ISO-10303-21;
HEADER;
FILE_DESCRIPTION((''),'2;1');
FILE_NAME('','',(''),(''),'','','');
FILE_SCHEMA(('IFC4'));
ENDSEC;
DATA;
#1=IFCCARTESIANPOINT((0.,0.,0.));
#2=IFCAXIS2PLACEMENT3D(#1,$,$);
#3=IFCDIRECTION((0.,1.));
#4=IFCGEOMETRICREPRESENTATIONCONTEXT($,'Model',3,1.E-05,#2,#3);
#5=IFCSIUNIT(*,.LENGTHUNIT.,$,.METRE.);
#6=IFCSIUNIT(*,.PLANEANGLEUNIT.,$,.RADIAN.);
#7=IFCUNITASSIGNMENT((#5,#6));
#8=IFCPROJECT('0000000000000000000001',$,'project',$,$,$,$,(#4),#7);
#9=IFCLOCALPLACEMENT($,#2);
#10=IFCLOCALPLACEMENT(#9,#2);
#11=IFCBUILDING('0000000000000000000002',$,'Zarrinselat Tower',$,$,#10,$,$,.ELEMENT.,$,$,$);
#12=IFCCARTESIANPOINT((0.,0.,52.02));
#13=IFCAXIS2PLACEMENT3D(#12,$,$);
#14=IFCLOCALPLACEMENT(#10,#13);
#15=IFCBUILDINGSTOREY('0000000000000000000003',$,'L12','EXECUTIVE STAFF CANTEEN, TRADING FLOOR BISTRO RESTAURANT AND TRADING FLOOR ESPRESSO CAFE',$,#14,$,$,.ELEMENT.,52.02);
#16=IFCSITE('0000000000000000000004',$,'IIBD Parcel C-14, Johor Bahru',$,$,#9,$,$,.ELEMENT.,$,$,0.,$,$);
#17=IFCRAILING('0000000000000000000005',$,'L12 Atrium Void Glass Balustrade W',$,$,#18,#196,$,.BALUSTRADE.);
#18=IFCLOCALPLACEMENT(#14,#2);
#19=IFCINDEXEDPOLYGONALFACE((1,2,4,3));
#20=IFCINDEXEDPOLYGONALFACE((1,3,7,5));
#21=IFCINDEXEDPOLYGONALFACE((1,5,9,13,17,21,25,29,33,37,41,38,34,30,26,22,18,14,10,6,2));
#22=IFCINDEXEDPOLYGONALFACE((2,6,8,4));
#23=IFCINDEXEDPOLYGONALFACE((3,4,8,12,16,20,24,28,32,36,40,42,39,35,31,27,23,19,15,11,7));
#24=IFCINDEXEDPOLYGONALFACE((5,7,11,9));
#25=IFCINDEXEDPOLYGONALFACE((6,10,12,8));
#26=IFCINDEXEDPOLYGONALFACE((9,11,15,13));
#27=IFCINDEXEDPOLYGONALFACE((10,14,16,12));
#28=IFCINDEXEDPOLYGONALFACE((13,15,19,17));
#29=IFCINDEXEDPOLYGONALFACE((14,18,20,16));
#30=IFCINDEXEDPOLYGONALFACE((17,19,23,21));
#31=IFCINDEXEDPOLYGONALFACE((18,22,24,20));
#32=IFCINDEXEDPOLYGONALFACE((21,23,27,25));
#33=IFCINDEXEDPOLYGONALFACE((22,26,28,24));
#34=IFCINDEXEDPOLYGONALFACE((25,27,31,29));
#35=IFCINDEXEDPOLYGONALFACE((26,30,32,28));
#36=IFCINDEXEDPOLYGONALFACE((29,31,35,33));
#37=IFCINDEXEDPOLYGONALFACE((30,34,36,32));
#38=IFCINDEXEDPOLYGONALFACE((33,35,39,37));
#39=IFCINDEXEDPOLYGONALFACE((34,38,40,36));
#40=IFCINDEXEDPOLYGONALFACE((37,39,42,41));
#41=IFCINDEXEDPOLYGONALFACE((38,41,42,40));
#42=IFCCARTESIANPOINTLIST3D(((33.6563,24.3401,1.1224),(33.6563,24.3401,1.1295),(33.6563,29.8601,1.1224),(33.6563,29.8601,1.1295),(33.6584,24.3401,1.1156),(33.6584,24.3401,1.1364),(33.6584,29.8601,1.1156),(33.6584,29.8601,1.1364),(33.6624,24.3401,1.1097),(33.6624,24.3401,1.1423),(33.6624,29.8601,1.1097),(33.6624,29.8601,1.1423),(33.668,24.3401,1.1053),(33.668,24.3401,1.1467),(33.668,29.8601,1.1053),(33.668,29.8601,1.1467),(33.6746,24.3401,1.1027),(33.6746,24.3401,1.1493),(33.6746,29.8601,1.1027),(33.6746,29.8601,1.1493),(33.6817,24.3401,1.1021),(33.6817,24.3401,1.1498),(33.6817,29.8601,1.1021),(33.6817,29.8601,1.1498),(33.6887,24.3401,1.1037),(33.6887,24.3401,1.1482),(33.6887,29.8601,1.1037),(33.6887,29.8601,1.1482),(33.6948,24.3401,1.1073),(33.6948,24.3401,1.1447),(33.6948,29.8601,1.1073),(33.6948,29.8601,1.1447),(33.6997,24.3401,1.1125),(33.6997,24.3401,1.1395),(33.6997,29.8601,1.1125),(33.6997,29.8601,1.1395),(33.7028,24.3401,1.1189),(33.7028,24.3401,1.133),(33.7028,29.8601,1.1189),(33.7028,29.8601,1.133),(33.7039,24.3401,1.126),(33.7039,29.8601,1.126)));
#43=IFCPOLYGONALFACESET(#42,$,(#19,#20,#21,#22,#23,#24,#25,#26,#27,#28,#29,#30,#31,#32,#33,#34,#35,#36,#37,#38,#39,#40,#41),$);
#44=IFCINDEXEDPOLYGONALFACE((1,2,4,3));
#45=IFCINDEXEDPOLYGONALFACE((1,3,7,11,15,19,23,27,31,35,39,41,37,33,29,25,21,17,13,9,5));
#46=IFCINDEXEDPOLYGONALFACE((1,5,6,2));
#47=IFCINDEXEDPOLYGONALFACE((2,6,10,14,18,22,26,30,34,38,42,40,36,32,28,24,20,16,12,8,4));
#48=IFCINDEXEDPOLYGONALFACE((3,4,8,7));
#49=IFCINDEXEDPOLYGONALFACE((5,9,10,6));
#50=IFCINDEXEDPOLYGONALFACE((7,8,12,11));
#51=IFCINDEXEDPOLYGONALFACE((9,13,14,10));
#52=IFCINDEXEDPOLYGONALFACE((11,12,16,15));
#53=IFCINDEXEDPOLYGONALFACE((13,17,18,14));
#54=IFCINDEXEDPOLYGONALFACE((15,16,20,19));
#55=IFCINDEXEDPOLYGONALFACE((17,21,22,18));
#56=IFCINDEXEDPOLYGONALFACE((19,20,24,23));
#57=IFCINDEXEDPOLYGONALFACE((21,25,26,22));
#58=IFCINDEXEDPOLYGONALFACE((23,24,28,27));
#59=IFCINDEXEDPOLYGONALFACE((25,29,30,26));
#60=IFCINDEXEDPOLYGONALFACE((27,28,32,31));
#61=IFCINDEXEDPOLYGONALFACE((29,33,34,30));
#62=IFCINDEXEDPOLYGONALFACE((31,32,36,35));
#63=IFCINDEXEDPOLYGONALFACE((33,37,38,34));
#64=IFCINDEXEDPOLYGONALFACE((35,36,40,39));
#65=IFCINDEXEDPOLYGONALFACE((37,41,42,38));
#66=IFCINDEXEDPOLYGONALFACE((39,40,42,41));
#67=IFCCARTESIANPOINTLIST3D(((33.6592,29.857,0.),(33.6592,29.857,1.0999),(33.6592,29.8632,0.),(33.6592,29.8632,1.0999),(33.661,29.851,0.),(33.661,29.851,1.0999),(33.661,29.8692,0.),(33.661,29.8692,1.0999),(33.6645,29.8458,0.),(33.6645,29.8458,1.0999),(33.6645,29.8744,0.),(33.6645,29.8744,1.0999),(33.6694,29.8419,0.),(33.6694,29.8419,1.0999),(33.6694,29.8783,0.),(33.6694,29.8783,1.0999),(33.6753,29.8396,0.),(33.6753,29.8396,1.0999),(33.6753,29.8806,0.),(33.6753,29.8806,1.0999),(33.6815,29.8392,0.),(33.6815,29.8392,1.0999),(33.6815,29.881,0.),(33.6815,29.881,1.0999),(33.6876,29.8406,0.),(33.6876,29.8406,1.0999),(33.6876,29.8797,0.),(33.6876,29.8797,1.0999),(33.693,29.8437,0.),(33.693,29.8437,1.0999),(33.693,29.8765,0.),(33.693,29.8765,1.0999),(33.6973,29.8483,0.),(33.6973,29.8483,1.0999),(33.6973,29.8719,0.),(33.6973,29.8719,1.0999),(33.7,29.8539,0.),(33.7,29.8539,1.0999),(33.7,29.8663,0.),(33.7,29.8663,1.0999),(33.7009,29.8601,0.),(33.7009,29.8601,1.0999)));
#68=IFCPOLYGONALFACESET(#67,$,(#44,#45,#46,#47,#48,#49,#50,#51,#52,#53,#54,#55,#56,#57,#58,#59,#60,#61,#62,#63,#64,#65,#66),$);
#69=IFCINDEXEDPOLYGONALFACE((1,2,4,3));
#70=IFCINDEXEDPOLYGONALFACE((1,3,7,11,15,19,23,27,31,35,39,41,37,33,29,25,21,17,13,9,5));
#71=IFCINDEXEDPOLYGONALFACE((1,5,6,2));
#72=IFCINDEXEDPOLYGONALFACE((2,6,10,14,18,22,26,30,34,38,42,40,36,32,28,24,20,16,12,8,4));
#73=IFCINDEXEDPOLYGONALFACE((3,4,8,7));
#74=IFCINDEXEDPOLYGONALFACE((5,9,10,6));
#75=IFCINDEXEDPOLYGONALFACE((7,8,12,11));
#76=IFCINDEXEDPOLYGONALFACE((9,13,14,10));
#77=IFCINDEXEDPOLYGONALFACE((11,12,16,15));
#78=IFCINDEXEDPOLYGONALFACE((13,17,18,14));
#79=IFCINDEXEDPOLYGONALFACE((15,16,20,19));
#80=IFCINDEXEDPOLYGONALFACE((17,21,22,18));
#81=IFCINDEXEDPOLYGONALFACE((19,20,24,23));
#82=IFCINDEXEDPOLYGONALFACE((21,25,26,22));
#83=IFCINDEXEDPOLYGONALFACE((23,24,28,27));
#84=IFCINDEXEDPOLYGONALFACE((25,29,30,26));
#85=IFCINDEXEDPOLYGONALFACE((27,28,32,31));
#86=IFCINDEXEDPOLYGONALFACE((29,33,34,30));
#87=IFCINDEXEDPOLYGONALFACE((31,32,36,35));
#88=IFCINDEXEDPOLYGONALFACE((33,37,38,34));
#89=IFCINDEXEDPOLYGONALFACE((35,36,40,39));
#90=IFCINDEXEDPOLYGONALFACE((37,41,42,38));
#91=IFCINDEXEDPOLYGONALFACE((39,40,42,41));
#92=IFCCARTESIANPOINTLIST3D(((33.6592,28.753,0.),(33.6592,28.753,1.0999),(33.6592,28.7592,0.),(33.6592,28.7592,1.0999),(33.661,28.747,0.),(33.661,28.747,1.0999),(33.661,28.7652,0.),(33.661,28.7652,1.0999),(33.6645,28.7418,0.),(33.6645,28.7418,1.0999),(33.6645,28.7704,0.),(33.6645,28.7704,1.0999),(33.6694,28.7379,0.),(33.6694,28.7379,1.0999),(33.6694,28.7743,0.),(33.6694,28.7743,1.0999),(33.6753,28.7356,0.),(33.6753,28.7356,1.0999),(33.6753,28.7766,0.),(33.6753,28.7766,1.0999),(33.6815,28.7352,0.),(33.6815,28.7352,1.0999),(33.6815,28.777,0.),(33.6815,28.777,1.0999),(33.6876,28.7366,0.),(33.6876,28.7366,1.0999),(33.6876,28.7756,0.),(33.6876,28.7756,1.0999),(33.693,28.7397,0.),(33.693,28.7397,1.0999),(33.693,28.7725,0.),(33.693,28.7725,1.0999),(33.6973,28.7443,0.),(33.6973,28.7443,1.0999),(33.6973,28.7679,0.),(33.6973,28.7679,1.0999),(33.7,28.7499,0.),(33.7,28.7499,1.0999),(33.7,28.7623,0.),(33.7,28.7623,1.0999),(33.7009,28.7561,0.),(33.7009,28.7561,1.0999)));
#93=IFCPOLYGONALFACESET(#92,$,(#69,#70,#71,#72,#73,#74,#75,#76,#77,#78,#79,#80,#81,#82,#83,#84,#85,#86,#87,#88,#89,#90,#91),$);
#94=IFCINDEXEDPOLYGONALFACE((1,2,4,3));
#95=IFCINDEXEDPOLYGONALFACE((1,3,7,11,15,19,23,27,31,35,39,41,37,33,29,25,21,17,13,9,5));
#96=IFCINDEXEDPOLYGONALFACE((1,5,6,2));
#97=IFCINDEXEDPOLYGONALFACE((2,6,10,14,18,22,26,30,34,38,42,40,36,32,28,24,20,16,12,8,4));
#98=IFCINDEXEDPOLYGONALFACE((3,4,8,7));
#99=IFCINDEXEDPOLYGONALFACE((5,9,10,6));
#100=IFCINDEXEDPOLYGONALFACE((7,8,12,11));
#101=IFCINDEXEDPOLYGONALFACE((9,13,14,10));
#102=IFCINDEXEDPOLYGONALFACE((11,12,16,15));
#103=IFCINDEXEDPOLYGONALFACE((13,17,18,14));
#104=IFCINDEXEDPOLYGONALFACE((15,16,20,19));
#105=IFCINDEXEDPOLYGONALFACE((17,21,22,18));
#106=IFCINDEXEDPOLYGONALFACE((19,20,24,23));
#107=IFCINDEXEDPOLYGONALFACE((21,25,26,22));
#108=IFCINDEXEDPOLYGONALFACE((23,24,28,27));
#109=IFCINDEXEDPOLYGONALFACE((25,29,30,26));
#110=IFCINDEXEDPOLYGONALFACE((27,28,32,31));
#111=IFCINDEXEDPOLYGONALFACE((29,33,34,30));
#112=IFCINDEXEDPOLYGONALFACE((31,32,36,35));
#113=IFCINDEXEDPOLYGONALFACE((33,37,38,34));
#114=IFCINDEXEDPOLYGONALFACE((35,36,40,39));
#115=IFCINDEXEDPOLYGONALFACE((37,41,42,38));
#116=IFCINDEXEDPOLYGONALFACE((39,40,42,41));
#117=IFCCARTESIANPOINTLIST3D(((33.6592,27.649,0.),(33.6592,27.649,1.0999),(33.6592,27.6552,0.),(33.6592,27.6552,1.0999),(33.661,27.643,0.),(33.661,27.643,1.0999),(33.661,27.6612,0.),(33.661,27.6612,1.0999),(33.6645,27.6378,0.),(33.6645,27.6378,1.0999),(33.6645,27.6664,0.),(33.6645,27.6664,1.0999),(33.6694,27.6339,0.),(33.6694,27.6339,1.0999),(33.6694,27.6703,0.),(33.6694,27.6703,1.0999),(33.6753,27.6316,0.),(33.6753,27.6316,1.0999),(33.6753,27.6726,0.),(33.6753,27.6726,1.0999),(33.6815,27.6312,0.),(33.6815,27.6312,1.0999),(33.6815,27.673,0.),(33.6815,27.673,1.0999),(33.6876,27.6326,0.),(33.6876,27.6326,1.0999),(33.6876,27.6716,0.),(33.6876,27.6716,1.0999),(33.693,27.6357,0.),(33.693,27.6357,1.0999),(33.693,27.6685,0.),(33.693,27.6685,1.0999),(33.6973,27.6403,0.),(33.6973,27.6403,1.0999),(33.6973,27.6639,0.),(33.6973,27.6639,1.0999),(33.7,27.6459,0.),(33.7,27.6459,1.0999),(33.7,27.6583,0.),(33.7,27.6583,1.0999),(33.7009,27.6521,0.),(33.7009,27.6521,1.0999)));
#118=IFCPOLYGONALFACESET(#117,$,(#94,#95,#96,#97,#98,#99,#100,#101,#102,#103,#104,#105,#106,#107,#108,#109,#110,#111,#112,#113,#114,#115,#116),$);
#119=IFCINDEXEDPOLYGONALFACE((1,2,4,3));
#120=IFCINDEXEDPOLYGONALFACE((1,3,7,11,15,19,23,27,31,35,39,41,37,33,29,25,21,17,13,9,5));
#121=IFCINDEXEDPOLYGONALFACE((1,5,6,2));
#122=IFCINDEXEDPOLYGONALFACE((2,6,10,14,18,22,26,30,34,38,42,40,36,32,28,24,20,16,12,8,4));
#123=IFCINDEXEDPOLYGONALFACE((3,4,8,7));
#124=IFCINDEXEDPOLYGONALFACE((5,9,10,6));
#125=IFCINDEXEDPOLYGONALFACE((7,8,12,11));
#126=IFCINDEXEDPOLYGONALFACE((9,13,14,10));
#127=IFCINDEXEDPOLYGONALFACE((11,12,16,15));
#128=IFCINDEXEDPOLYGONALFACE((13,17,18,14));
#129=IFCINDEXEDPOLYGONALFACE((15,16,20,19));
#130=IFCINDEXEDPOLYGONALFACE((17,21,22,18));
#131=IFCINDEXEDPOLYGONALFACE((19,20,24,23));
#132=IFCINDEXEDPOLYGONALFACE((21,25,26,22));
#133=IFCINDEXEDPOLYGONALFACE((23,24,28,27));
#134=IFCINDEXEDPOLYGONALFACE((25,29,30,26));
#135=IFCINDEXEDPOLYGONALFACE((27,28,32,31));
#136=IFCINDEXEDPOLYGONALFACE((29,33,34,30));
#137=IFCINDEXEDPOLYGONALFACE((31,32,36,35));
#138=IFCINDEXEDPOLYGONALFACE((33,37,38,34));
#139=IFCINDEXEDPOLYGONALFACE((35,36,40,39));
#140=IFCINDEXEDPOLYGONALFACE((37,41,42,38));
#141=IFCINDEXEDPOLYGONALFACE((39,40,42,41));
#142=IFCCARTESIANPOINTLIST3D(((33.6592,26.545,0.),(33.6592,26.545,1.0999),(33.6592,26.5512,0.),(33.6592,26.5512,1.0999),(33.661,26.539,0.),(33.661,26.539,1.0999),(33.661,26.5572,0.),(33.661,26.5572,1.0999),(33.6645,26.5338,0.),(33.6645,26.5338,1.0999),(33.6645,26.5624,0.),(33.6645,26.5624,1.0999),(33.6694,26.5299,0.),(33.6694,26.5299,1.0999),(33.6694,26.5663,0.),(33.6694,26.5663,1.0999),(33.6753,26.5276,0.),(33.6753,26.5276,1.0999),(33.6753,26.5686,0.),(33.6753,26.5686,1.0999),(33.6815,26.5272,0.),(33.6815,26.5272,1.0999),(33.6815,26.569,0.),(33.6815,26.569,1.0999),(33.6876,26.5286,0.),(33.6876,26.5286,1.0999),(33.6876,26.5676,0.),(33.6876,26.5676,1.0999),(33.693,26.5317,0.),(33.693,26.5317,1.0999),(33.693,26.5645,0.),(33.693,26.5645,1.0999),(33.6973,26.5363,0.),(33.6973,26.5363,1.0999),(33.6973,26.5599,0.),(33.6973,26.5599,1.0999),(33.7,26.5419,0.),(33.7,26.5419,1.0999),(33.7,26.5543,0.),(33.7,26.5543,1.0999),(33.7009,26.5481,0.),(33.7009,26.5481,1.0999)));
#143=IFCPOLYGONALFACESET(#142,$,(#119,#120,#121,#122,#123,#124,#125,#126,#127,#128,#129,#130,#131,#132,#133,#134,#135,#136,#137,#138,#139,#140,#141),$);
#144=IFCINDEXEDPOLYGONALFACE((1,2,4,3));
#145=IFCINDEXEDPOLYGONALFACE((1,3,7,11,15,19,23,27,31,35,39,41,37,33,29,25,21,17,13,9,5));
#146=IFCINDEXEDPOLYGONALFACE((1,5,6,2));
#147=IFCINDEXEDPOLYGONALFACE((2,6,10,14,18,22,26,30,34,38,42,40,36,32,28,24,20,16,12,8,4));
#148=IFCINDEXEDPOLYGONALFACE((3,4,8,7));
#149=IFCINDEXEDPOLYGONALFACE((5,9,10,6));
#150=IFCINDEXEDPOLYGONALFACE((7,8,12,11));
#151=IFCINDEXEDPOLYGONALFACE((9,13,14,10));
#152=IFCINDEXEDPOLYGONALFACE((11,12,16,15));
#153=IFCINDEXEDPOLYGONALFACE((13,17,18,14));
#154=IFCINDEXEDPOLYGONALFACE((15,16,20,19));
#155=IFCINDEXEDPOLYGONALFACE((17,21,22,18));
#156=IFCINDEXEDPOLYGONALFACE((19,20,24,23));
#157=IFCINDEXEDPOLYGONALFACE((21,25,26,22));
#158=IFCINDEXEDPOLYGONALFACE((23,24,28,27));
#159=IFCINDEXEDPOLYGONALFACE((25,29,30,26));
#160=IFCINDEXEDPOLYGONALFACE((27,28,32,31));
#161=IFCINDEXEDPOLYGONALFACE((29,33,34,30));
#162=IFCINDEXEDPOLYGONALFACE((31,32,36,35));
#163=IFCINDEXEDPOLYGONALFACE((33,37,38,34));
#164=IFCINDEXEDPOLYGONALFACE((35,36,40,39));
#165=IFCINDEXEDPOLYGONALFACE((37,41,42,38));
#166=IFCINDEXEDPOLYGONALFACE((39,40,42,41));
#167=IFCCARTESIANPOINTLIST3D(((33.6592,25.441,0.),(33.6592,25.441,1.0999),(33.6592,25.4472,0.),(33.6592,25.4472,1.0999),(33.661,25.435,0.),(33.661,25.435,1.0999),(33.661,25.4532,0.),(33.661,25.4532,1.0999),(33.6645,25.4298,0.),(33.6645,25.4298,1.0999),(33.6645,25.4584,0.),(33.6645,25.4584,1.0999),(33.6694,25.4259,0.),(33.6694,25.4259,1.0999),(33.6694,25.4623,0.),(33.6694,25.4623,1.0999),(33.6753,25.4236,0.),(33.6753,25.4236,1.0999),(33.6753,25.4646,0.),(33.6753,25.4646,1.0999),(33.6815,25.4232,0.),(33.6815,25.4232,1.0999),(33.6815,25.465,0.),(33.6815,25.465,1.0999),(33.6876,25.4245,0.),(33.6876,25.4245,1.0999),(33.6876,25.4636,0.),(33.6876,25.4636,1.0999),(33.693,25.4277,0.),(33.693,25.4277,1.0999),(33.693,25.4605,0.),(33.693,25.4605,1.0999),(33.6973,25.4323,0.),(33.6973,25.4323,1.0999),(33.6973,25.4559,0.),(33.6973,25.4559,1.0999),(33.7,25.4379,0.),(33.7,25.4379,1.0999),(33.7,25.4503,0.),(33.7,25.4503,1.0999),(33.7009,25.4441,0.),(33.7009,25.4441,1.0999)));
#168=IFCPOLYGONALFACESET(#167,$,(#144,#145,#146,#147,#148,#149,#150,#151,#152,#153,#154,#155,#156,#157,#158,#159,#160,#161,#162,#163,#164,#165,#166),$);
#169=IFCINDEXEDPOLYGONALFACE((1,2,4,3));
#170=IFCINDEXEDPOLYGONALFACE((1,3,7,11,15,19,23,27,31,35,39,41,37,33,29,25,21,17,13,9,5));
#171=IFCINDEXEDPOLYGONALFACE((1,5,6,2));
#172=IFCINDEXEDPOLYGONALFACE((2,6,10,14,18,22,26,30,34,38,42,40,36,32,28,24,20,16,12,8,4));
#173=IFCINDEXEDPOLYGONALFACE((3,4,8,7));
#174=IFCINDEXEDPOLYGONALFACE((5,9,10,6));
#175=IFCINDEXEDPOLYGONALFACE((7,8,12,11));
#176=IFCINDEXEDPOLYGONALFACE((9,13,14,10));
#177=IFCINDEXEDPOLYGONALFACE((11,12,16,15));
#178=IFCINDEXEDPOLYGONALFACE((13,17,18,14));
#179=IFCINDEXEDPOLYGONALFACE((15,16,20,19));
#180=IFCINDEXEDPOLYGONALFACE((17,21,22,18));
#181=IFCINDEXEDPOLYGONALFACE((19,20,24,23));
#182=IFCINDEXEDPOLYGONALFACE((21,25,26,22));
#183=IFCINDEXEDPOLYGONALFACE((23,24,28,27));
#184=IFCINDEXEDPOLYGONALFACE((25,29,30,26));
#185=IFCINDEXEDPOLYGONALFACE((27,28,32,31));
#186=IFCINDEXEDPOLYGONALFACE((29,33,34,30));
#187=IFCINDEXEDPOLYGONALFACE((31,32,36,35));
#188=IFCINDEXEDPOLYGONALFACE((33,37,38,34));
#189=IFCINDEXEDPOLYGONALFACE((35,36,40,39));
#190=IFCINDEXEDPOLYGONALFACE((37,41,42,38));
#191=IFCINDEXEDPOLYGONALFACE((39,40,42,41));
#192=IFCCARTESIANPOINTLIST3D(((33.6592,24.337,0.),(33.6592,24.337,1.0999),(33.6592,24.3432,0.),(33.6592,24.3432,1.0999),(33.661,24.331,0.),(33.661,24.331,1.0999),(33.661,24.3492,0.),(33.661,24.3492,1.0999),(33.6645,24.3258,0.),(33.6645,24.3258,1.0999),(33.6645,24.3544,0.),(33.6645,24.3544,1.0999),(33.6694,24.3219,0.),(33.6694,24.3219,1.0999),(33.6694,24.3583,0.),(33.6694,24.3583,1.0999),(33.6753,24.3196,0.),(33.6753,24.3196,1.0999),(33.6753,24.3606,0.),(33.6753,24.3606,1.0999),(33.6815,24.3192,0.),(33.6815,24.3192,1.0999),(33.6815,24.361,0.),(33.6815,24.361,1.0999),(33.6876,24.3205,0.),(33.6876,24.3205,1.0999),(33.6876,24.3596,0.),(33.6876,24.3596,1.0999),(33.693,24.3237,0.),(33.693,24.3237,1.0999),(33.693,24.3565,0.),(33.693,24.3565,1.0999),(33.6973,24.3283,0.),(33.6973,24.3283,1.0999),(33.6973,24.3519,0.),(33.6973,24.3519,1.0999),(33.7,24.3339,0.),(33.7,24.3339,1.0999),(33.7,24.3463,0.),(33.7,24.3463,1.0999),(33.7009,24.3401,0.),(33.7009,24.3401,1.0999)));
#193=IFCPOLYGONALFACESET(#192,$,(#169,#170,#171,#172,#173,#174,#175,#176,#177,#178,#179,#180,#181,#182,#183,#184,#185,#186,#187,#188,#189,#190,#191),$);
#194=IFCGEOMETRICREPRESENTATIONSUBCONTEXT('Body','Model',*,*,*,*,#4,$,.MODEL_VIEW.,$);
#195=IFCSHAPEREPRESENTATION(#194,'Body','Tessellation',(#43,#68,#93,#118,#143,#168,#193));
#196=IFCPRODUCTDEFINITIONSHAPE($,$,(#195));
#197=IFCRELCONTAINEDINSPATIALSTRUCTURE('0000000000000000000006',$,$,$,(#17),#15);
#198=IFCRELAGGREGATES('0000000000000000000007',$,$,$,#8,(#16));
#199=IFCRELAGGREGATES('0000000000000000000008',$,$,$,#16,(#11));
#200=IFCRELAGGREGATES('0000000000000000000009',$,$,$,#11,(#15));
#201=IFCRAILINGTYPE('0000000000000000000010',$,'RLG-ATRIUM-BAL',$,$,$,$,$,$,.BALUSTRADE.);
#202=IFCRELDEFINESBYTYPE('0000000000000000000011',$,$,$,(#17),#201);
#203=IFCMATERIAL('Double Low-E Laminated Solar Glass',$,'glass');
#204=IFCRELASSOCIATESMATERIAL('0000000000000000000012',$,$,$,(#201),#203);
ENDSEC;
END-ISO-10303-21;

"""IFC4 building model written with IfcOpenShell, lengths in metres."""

from ifc_helpers import new_model, si_unit, direction, frame, origin, origin_2d, place, context, subcontext, project, spatial, circle, extrude, material, type_object, element, save


model = new_model("IFC4")

# Units and contexts
model_context = context("Model", 3, precision=1e-05, world=origin(), true_north=direction((0.0, 1.0)))
body_context = subcontext(model_context, "Body", "Model", "MODEL_VIEW")
ifc_project = project(units=[si_unit("LENGTHUNIT", "METRE"), si_unit("PLANEANGLEUNIT", "RADIAN")], contexts=[model_context])

# Site, building, storey
site_placement = place(None, origin())
site = spatial("IfcSite", under=ifc_project, at=site_placement, Name="IIBD Parcel C-14, Johor Bahru", CompositionType="ELEMENT", RefElevation=0.0)
building_placement = place(site_placement, origin())
building = spatial("IfcBuilding", under=site, at=building_placement, Name="Zarrinselat Tower", CompositionType="ELEMENT")
storey_placement = place(building_placement, frame((0.0, 0.0, 52.02)))
storey = spatial("IfcBuildingStorey", under=building, at=storey_placement, Name="L12", Description="EXECUTIVE STAFF CANTEEN, TRADING FLOOR BISTRO RESTAURANT AND TRADING FLOOR ESPRESSO CAFE", CompositionType="ELEMENT", Elevation=52.02)

# Railing
ifc_material_1 = material(Name="Double Low-E Laminated Solar Glass", Category="glass")
railing_type_1 = type_object("IfcRailingType", Name="RLG-ATRIUM-BAL", PredefinedType="BALUSTRADE", material=ifc_material_1)
railing_1_placement = place(storey_placement, frame((33.6799, 29.8601, 0.0)))
element("IfcRailing", 1, at=railing_1_placement, inside=storey, type_object=railing_type_1, Name="L12 Atrium Void Glass Balustrade W", PredefinedType="BALUSTRADE", context=body_context, shape_type="SweptSolid", body=[
    extrude(circle(Radius=0.0239, at=origin_2d()), frame((0.0, 0.0, 1.126), z_axis=(0.0, -1.0, 0.0), x_axis=(1.0, 0.0, 0.0)), (0.0, 0.0, 1.0), 5.52),
    extrude(circle(Radius=0.021, at=origin_2d()), origin(), (0.0, 0.0, 1.0), 1.0999),
    extrude(circle(Radius=0.021, at=origin_2d()), frame((0.0, -1.104, 0.0)), (0.0, 0.0, 1.0), 1.0999),
    extrude(circle(Radius=0.021, at=origin_2d()), frame((0.0, -2.208, 0.0)), (0.0, 0.0, 1.0), 1.0999),
    extrude(circle(Radius=0.021, at=origin_2d()), frame((0.0, -3.312, 0.0)), (0.0, 0.0, 1.0), 1.0999),
    extrude(circle(Radius=0.021, at=origin_2d()), frame((0.0, -4.416, 0.0)), (0.0, 0.0, 1.0), 1.0999),
    extrude(circle(Radius=0.021, at=origin_2d()), frame((0.0, -5.52, 0.0)), (0.0, 0.0, 1.0), 1.0999),
])

save(model, "model.ifc")
